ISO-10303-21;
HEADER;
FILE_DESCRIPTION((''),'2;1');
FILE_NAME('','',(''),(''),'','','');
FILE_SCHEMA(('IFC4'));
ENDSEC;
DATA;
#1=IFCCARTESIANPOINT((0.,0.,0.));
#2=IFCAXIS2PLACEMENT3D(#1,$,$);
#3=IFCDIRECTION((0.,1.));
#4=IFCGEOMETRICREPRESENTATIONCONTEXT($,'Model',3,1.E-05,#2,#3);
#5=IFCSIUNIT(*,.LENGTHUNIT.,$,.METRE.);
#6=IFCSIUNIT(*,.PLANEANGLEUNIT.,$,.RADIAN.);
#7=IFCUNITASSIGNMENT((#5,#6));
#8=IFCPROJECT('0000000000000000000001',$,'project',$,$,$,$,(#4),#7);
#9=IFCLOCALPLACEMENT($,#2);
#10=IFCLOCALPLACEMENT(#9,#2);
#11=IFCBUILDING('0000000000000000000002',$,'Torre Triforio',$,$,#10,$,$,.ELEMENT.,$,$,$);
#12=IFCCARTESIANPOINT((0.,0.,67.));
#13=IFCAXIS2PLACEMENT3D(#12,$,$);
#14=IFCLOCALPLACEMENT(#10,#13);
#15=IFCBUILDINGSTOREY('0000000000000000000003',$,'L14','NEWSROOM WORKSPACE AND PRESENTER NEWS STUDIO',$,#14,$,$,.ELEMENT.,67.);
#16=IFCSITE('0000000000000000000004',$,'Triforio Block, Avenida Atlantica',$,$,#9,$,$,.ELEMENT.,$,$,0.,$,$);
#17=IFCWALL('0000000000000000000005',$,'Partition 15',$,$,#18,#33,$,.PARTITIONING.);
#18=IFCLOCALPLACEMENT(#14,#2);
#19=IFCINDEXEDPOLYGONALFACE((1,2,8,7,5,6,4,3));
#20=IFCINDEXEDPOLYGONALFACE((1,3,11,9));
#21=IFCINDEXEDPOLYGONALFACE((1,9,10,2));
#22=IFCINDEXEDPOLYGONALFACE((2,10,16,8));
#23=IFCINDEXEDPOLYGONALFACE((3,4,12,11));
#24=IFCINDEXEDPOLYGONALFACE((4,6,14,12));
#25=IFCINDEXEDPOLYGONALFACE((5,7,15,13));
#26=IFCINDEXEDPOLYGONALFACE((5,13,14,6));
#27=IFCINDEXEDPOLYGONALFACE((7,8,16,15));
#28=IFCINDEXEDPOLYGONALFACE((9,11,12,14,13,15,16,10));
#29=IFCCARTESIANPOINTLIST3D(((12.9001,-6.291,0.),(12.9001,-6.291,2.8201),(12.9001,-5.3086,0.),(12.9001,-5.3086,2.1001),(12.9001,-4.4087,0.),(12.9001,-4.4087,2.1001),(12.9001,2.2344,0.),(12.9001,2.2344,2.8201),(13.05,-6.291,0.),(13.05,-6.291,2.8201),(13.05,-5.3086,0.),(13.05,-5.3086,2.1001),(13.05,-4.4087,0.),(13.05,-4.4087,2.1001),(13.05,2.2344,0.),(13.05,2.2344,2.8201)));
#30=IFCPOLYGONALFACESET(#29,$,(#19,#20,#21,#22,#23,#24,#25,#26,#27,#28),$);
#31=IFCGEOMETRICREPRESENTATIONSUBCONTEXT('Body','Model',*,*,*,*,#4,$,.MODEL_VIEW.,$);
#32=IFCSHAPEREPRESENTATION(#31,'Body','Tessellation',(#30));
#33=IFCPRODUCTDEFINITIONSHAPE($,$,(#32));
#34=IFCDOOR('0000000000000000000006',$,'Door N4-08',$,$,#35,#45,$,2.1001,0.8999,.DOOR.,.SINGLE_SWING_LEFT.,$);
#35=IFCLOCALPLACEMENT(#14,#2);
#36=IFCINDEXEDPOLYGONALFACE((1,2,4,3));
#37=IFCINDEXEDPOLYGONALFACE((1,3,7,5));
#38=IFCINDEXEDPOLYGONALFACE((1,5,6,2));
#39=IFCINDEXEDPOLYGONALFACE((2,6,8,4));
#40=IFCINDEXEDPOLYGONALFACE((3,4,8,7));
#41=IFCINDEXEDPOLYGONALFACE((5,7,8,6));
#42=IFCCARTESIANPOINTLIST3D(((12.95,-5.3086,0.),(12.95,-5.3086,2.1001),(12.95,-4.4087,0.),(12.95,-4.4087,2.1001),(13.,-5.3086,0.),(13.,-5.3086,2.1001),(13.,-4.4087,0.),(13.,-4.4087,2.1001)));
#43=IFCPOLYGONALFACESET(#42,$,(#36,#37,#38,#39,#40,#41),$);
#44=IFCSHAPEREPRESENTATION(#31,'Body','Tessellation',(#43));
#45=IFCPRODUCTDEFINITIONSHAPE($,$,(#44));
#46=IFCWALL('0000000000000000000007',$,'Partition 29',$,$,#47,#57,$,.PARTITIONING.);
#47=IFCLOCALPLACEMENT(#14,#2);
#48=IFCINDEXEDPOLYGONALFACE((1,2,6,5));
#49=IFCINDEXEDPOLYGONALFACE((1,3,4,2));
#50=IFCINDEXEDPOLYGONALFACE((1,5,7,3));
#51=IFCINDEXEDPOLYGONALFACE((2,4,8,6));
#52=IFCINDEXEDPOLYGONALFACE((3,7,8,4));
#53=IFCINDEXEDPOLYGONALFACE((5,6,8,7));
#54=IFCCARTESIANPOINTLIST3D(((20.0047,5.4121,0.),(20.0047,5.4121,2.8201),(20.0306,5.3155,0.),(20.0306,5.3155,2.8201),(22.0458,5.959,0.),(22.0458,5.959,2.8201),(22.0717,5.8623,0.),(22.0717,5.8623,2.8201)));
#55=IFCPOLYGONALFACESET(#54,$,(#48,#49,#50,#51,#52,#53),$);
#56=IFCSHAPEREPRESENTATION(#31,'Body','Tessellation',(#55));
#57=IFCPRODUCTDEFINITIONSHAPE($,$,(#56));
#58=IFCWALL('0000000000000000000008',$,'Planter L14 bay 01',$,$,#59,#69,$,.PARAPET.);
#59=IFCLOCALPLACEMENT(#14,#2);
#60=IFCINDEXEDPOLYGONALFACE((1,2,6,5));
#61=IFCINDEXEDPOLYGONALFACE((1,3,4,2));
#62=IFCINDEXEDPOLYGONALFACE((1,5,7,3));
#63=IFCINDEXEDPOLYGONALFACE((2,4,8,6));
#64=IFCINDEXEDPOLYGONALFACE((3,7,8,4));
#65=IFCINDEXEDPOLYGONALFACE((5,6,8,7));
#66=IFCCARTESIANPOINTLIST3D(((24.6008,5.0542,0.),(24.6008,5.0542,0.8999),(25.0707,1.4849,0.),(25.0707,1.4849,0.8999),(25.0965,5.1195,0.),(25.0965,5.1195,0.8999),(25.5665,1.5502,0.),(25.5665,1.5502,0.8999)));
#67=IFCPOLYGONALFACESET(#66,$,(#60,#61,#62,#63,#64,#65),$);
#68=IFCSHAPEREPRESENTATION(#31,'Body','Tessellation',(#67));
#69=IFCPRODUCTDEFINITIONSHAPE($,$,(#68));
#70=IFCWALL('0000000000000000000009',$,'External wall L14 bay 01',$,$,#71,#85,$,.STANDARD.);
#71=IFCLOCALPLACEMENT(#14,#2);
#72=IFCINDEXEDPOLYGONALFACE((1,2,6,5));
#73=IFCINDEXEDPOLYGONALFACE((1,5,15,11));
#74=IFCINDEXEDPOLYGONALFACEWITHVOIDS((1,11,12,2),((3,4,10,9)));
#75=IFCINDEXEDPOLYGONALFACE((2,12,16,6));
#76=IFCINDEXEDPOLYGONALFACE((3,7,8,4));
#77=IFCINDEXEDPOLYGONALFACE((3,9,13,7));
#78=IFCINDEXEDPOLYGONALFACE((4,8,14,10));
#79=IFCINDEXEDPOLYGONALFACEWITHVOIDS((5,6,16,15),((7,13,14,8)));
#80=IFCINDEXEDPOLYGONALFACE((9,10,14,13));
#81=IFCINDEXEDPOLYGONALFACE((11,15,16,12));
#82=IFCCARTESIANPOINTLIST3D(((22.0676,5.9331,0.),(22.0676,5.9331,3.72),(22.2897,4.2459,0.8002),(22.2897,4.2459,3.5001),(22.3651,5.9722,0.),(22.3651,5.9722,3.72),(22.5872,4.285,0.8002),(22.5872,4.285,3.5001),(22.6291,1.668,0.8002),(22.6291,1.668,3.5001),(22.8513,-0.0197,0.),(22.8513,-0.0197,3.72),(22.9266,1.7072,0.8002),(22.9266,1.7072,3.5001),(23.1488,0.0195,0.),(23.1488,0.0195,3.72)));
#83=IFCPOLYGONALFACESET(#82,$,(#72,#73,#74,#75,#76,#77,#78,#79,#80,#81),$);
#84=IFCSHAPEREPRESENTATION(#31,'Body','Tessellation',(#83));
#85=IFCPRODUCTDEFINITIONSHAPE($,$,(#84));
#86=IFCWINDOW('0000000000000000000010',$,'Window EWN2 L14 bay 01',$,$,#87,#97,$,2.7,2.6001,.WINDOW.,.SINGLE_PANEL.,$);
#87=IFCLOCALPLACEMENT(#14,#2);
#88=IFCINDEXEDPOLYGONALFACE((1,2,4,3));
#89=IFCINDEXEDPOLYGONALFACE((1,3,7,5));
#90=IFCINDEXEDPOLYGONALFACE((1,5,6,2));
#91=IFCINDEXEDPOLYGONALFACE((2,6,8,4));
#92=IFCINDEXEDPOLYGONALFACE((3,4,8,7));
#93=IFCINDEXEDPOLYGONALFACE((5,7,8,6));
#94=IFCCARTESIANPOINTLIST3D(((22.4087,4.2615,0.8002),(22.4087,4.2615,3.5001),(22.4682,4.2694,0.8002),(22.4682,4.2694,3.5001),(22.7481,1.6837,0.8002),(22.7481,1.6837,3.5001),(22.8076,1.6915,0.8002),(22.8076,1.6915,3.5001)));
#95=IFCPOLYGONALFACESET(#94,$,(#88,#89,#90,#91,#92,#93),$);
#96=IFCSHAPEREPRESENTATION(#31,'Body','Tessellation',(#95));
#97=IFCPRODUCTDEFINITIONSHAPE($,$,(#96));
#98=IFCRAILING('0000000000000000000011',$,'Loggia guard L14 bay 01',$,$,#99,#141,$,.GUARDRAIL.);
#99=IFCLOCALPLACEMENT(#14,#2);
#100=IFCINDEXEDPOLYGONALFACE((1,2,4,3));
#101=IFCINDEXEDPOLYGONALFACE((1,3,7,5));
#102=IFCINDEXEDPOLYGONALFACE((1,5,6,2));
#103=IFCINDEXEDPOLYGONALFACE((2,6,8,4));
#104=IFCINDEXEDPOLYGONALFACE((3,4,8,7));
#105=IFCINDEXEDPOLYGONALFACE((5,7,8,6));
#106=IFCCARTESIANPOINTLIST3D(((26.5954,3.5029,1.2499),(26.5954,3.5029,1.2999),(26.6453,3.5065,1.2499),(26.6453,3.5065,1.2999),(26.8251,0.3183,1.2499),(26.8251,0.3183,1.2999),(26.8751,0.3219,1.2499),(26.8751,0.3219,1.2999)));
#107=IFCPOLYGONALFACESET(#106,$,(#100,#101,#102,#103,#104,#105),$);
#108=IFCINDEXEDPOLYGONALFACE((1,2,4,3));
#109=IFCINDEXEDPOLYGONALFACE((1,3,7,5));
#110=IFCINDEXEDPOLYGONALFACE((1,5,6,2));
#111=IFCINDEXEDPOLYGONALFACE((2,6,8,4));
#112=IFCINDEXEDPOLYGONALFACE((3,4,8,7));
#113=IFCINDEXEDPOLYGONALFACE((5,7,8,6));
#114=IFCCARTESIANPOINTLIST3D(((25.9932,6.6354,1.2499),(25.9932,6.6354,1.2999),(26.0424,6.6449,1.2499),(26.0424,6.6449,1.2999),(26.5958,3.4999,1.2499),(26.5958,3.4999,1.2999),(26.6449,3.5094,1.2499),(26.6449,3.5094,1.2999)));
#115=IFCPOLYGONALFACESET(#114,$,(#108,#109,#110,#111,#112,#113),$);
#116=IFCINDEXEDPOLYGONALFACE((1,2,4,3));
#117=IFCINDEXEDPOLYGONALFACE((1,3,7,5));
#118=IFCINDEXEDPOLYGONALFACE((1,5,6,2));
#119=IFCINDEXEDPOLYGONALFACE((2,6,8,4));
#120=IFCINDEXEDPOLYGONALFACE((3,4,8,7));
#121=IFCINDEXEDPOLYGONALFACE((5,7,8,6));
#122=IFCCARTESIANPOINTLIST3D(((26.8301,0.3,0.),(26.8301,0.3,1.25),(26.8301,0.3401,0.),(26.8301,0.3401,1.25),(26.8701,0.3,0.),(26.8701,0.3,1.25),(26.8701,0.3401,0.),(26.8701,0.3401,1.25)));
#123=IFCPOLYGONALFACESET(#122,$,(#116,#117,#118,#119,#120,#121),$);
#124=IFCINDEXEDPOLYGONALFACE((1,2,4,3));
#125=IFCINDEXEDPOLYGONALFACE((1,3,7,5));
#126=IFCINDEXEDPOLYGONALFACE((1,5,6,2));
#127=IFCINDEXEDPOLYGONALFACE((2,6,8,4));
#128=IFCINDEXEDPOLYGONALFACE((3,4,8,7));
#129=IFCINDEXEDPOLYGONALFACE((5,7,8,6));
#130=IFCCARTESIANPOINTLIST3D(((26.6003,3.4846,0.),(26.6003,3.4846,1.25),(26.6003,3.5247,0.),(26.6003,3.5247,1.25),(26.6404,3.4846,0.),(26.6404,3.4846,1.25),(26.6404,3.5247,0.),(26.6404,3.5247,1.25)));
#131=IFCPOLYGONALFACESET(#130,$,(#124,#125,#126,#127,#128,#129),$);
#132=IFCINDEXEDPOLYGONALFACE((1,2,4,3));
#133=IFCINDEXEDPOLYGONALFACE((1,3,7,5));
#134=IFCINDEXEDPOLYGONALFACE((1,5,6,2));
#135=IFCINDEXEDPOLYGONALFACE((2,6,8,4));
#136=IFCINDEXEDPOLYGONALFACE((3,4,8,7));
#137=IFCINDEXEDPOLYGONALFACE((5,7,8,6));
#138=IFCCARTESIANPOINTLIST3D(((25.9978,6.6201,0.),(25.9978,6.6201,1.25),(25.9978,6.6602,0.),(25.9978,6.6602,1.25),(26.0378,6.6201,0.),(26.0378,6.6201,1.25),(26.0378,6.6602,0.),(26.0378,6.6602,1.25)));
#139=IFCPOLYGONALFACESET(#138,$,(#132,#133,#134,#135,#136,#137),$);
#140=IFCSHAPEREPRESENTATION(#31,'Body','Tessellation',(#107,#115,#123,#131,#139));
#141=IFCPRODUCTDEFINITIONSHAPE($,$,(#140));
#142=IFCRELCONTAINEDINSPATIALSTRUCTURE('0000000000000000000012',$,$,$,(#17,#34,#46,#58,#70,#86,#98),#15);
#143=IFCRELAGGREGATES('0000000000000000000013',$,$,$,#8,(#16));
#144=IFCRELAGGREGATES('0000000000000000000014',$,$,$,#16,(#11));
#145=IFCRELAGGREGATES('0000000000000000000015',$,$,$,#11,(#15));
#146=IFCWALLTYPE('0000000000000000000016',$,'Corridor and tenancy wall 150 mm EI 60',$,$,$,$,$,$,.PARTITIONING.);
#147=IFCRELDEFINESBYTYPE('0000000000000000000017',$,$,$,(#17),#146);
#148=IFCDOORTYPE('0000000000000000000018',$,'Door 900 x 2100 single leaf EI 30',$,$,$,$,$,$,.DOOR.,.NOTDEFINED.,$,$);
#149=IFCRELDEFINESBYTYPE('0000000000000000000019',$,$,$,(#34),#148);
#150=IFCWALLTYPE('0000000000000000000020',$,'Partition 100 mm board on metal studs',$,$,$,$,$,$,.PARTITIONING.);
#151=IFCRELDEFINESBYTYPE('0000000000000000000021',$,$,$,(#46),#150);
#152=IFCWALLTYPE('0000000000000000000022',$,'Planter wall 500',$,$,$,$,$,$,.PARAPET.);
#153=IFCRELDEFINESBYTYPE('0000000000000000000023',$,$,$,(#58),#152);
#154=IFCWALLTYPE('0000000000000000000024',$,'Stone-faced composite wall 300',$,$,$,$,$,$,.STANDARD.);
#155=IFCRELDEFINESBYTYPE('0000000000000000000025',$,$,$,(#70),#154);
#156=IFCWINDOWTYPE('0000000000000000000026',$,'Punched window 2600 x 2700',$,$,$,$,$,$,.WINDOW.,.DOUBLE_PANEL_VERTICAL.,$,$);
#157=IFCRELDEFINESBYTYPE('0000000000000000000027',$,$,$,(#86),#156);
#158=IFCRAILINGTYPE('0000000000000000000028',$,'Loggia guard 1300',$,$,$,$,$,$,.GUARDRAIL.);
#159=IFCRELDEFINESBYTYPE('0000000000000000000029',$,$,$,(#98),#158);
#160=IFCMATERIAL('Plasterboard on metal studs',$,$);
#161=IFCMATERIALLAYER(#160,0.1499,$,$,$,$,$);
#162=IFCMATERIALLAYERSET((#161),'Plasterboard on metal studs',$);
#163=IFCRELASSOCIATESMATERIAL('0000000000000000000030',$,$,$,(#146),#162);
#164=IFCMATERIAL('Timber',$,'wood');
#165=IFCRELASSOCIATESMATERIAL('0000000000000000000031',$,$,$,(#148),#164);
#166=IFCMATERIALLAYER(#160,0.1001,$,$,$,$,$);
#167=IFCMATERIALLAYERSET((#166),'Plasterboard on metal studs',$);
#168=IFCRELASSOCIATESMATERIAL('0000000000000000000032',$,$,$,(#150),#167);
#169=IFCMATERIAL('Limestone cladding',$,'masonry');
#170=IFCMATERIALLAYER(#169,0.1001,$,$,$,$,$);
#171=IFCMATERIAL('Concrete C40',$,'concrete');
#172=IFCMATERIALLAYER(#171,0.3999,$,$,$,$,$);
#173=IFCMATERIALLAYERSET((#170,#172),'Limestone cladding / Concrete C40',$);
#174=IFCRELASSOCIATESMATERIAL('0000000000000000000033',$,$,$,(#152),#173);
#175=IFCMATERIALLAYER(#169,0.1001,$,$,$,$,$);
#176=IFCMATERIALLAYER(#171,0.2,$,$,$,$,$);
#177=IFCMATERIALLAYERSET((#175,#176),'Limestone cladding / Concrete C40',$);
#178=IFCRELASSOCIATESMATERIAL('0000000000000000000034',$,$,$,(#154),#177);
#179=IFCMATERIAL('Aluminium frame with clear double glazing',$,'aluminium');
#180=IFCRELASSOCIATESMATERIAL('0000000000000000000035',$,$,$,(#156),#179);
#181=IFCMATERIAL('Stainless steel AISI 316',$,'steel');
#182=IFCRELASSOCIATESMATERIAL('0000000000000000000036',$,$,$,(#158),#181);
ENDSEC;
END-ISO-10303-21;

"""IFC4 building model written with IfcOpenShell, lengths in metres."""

from ifc_helpers import new_model, si_unit, direction, frame, frame_2d, origin, origin_2d, place, context, subcontext, project, spatial, rectangle, extrude, material, layer, layer_set, type_object, element, fill, save


model = new_model("IFC4")

# Units and contexts
model_context = context("Model", 3, precision=1e-05, world=origin(), true_north=direction((0.0, 1.0)))
body_context = subcontext(model_context, "Body", "Model", "MODEL_VIEW")
ifc_project = project(units=[si_unit("LENGTHUNIT", "METRE"), si_unit("PLANEANGLEUNIT", "RADIAN")], contexts=[model_context])

# Site, building, storey
site_placement = place(None, origin())
site = spatial("IfcSite", under=ifc_project, at=site_placement, Name="Triforio Block, Avenida Atlantica", CompositionType="ELEMENT", RefElevation=0.0)
building_placement = place(site_placement, origin())
building = spatial("IfcBuilding", under=site, at=building_placement, Name="Torre Triforio", CompositionType="ELEMENT")
storey_placement = place(building_placement, frame((0.0, 0.0, 67.0)))
storey = spatial("IfcBuildingStorey", under=building, at=storey_placement, Name="L14", Description="NEWSROOM WORKSPACE AND PRESENTER NEWS STUDIO", CompositionType="ELEMENT", Elevation=67.0)

# Shared definitions
ifc_material_1 = material(Name="Plasterboard on metal studs")
ifc_layer_1 = layer(ifc_material_1, 0.1499)
ifc_layer_set_1 = layer_set([ifc_layer_1], Name="Plasterboard on metal studs")
wall_type_1 = type_object("IfcWallType", Name="Corridor and tenancy wall 150 mm EI 60", PredefinedType="PARTITIONING", material=ifc_layer_set_1)

# Shared definitions
ifc_material_2 = material(Name="Timber", Category="wood")
door_type_1 = type_object("IfcDoorType", Name="Door 900 x 2100 single leaf EI 30", OperationType="NOTDEFINED", PredefinedType="DOOR", material=ifc_material_2)

# Wall, opening, door
wall_1_placement = place(storey_placement, frame((12.9751, 2.2344, 0.0), z_axis=(0.0, 0.0, 1.0), x_axis=(0.0, -1.0, 0.0)))
wall_1 = element("IfcWall", 1, at=wall_1_placement, inside=storey, type_object=wall_type_1, Name="Partition 15", PredefinedType="PARTITIONING", context=body_context, shape_type="SweptSolid", body=[
    extrude(rectangle(XDim=8.5254, YDim=0.1499, at=frame_2d((4.2627, 0.0))), origin(), (0.0, 0.0, 1.0), 2.8201),
])
opening_1_placement = place(wall_1_placement, frame((6.6431, 0.0, 0.0)))
opening_1 = element("IfcOpeningElement", 2, at=opening_1_placement, cuts=wall_1, PredefinedType="OPENING", context=body_context, shape_type="SweptSolid", body=[
    extrude(rectangle(XDim=0.8999, YDim=2.1001, at=frame_2d((0.45, 1.05))), frame((0.0, 0.085, 0.0), z_axis=(0.0, -1.0, 0.0), x_axis=(1.0, 0.0, 0.0)), (0.0, 0.0, 1.0), 0.1699),
])
door_1_placement = place(opening_1_placement, origin())
door_1 = element("IfcDoor", 3, at=door_1_placement, inside=storey, type_object=door_type_1, Name="Door N4-08", OperationType="SINGLE_SWING_LEFT", OverallHeight=2.1001, OverallWidth=0.8999, PredefinedType="DOOR", context=body_context, shape_type="SweptSolid", body=[
    extrude(rectangle(XDim=0.8999, YDim=2.1001, at=frame_2d((0.45, 1.05))), frame((0.0, 0.0249, 0.0), z_axis=(0.0, -1.0, 0.0), x_axis=(1.0, 0.0, 0.0)), (0.0, 0.0, 1.0), 0.05),
])
fill(opening_1, door_1)

# Walls
ifc_layer_2 = layer(ifc_material_1, 0.1001)
ifc_layer_set_2 = layer_set([ifc_layer_2], Name="Plasterboard on metal studs")
wall_type_2 = type_object("IfcWallType", Name="Partition 100 mm board on metal studs", PredefinedType="PARTITIONING", material=ifc_layer_set_2)
wall_2_placement = place(storey_placement, frame((20.0176, 5.3638, 0.0), z_axis=(0.0, 0.0, 1.0), x_axis=(0.965927, 0.258813, 0.0)))
element("IfcWall", 4, at=wall_2_placement, inside=storey, type_object=wall_type_2, Name="Partition 29", PredefinedType="PARTITIONING", context=body_context, shape_type="SweptSolid", body=[
    extrude(rectangle(XDim=2.113, YDim=0.1001, at=frame_2d((1.0566, 0.0))), origin(), (0.0, 0.0, 1.0), 2.8201),
])
ifc_material_3 = material(Name="Limestone cladding", Category="masonry")
ifc_layer_3 = layer(ifc_material_3, 0.1001)
ifc_material_4 = material(Name="Concrete C40", Category="concrete")
ifc_layer_4 = layer(ifc_material_4, 0.3999)
ifc_layer_set_3 = layer_set([ifc_layer_3, ifc_layer_4], Name="Limestone cladding / Concrete C40")
wall_type_3 = type_object("IfcWallType", Name="Planter wall 500", PredefinedType="PARAPET", material=ifc_layer_set_3)
wall_3_placement = place(storey_placement, frame((25.3186, 1.5176, 0.0), z_axis=(0.0, 0.0, 1.0), x_axis=(-0.130542, 0.991443, 0.0)))
element("IfcWall", 5, at=wall_3_placement, inside=storey, type_object=wall_type_3, Name="Planter L14 bay 01", PredefinedType="PARAPET", context=body_context, shape_type="SweptSolid", body=[
    extrude(rectangle(XDim=3.6001, YDim=0.5, at=frame_2d((1.8, 0.0))), origin(), (0.0, 0.0, 1.0), 0.8999),
])

# Wall, opening, window
ifc_layer_5 = layer(ifc_material_3, 0.1001)
ifc_layer_6 = layer(ifc_material_4, 0.2)
ifc_layer_set_4 = layer_set([ifc_layer_5, ifc_layer_6], Name="Limestone cladding / Concrete C40")
wall_type_4 = type_object("IfcWallType", Name="Stone-faced composite wall 300", PredefinedType="STANDARD", material=ifc_layer_set_4)
wall_4_placement = place(storey_placement, frame((23.0, 0.0, 0.0), z_axis=(0.0, 0.0, 1.0), x_axis=(-0.130523, 0.991445, 0.0)))
wall_4 = element("IfcWall", 6, at=wall_4_placement, inside=storey, type_object=wall_type_4, Name="External wall L14 bay 01", PredefinedType="STANDARD", context=body_context, shape_type="SweptSolid", body=[
    extrude(rectangle(XDim=6.0042, YDim=0.3, at=frame_2d((3.002, 0.0))), origin(), (0.0, 0.0, 1.0), 3.72),
])
opening_2_placement = place(wall_4_placement, frame((1.7021, 0.0, 0.8)))
opening_2 = element("IfcOpeningElement", 7, at=opening_2_placement, cuts=wall_4, PredefinedType="OPENING", context=body_context, shape_type="SweptSolid", body=[
    extrude(rectangle(XDim=2.6001, YDim=2.7, at=frame_2d((1.3, 1.3501))), frame((0.0, 0.1599, 0.0), z_axis=(0.0, -1.0, 0.0), x_axis=(1.0, 0.0, 0.0)), (0.0, 0.0, 1.0), 0.3201),
])
ifc_material_5 = material(Name="Aluminium frame with clear double glazing", Category="aluminium")
window_type_1 = type_object("IfcWindowType", Name="Punched window 2600 x 2700", PartitioningType="DOUBLE_PANEL_VERTICAL", PredefinedType="WINDOW", material=ifc_material_5)
window_1_placement = place(opening_2_placement, origin())
window_1 = element("IfcWindow", 8, at=window_1_placement, inside=storey, type_object=window_type_1, Name="Window EWN2 L14 bay 01", OverallHeight=2.7, OverallWidth=2.6001, PartitioningType="SINGLE_PANEL", PredefinedType="WINDOW", context=body_context, shape_type="SweptSolid", body=[
    extrude(rectangle(XDim=2.6001, YDim=2.7, at=frame_2d((1.3, 1.3501))), frame((0.0, 0.03, 0.0), z_axis=(0.0, -1.0, 0.0), x_axis=(1.0, 0.0, 0.0)), (0.0, 0.0, 1.0), 0.0601),
])
fill(opening_2, window_1)

# Railing
ifc_material_6 = material(Name="Stainless steel AISI 316", Category="steel")
railing_type = type_object("IfcRailingType", Name="Loggia guard 1300", PredefinedType="GUARDRAIL", material=ifc_material_6)
railing_placement = place(storey_placement, frame((26.8501, 0.3201, 0.0)))
element("IfcRailing", 9, at=railing_placement, inside=storey, type_object=railing_type, Name="Loggia guard L14 bay 01", PredefinedType="GUARDRAIL", context=body_context, shape_type="SweptSolid", body=[
    extrude(rectangle(XDim=0.05, YDim=0.05, at=origin_2d()), frame((0.0, 0.0, 1.2749), z_axis=(-0.071953, 0.997408, 0.0), x_axis=(-0.997408, -0.071953, 0.0)), (0.0, 0.0, 1.0), 3.1929),
    extrude(rectangle(XDim=0.05, YDim=0.05, at=origin_2d()), frame((-0.2297, 3.1846, 1.2749), z_axis=(-0.188714, 0.982032, 0.0), x_axis=(-0.982032, -0.188714, 0.0)), (0.0, 0.0, 1.0), 3.1929),
    extrude(rectangle(XDim=0.04, YDim=0.04, at=origin_2d()), origin(), (0.0, 0.0, 1.0), 1.25),
    extrude(rectangle(XDim=0.04, YDim=0.04, at=origin_2d()), frame((-0.2297, 3.1846, 0.0)), (0.0, 0.0, 1.0), 1.25),
    extrude(rectangle(XDim=0.04, YDim=0.04, at=origin_2d()), frame((-0.8323, 6.3201, 0.0)), (0.0, 0.0, 1.0), 1.25),
])

save(model, "model.ifc")
